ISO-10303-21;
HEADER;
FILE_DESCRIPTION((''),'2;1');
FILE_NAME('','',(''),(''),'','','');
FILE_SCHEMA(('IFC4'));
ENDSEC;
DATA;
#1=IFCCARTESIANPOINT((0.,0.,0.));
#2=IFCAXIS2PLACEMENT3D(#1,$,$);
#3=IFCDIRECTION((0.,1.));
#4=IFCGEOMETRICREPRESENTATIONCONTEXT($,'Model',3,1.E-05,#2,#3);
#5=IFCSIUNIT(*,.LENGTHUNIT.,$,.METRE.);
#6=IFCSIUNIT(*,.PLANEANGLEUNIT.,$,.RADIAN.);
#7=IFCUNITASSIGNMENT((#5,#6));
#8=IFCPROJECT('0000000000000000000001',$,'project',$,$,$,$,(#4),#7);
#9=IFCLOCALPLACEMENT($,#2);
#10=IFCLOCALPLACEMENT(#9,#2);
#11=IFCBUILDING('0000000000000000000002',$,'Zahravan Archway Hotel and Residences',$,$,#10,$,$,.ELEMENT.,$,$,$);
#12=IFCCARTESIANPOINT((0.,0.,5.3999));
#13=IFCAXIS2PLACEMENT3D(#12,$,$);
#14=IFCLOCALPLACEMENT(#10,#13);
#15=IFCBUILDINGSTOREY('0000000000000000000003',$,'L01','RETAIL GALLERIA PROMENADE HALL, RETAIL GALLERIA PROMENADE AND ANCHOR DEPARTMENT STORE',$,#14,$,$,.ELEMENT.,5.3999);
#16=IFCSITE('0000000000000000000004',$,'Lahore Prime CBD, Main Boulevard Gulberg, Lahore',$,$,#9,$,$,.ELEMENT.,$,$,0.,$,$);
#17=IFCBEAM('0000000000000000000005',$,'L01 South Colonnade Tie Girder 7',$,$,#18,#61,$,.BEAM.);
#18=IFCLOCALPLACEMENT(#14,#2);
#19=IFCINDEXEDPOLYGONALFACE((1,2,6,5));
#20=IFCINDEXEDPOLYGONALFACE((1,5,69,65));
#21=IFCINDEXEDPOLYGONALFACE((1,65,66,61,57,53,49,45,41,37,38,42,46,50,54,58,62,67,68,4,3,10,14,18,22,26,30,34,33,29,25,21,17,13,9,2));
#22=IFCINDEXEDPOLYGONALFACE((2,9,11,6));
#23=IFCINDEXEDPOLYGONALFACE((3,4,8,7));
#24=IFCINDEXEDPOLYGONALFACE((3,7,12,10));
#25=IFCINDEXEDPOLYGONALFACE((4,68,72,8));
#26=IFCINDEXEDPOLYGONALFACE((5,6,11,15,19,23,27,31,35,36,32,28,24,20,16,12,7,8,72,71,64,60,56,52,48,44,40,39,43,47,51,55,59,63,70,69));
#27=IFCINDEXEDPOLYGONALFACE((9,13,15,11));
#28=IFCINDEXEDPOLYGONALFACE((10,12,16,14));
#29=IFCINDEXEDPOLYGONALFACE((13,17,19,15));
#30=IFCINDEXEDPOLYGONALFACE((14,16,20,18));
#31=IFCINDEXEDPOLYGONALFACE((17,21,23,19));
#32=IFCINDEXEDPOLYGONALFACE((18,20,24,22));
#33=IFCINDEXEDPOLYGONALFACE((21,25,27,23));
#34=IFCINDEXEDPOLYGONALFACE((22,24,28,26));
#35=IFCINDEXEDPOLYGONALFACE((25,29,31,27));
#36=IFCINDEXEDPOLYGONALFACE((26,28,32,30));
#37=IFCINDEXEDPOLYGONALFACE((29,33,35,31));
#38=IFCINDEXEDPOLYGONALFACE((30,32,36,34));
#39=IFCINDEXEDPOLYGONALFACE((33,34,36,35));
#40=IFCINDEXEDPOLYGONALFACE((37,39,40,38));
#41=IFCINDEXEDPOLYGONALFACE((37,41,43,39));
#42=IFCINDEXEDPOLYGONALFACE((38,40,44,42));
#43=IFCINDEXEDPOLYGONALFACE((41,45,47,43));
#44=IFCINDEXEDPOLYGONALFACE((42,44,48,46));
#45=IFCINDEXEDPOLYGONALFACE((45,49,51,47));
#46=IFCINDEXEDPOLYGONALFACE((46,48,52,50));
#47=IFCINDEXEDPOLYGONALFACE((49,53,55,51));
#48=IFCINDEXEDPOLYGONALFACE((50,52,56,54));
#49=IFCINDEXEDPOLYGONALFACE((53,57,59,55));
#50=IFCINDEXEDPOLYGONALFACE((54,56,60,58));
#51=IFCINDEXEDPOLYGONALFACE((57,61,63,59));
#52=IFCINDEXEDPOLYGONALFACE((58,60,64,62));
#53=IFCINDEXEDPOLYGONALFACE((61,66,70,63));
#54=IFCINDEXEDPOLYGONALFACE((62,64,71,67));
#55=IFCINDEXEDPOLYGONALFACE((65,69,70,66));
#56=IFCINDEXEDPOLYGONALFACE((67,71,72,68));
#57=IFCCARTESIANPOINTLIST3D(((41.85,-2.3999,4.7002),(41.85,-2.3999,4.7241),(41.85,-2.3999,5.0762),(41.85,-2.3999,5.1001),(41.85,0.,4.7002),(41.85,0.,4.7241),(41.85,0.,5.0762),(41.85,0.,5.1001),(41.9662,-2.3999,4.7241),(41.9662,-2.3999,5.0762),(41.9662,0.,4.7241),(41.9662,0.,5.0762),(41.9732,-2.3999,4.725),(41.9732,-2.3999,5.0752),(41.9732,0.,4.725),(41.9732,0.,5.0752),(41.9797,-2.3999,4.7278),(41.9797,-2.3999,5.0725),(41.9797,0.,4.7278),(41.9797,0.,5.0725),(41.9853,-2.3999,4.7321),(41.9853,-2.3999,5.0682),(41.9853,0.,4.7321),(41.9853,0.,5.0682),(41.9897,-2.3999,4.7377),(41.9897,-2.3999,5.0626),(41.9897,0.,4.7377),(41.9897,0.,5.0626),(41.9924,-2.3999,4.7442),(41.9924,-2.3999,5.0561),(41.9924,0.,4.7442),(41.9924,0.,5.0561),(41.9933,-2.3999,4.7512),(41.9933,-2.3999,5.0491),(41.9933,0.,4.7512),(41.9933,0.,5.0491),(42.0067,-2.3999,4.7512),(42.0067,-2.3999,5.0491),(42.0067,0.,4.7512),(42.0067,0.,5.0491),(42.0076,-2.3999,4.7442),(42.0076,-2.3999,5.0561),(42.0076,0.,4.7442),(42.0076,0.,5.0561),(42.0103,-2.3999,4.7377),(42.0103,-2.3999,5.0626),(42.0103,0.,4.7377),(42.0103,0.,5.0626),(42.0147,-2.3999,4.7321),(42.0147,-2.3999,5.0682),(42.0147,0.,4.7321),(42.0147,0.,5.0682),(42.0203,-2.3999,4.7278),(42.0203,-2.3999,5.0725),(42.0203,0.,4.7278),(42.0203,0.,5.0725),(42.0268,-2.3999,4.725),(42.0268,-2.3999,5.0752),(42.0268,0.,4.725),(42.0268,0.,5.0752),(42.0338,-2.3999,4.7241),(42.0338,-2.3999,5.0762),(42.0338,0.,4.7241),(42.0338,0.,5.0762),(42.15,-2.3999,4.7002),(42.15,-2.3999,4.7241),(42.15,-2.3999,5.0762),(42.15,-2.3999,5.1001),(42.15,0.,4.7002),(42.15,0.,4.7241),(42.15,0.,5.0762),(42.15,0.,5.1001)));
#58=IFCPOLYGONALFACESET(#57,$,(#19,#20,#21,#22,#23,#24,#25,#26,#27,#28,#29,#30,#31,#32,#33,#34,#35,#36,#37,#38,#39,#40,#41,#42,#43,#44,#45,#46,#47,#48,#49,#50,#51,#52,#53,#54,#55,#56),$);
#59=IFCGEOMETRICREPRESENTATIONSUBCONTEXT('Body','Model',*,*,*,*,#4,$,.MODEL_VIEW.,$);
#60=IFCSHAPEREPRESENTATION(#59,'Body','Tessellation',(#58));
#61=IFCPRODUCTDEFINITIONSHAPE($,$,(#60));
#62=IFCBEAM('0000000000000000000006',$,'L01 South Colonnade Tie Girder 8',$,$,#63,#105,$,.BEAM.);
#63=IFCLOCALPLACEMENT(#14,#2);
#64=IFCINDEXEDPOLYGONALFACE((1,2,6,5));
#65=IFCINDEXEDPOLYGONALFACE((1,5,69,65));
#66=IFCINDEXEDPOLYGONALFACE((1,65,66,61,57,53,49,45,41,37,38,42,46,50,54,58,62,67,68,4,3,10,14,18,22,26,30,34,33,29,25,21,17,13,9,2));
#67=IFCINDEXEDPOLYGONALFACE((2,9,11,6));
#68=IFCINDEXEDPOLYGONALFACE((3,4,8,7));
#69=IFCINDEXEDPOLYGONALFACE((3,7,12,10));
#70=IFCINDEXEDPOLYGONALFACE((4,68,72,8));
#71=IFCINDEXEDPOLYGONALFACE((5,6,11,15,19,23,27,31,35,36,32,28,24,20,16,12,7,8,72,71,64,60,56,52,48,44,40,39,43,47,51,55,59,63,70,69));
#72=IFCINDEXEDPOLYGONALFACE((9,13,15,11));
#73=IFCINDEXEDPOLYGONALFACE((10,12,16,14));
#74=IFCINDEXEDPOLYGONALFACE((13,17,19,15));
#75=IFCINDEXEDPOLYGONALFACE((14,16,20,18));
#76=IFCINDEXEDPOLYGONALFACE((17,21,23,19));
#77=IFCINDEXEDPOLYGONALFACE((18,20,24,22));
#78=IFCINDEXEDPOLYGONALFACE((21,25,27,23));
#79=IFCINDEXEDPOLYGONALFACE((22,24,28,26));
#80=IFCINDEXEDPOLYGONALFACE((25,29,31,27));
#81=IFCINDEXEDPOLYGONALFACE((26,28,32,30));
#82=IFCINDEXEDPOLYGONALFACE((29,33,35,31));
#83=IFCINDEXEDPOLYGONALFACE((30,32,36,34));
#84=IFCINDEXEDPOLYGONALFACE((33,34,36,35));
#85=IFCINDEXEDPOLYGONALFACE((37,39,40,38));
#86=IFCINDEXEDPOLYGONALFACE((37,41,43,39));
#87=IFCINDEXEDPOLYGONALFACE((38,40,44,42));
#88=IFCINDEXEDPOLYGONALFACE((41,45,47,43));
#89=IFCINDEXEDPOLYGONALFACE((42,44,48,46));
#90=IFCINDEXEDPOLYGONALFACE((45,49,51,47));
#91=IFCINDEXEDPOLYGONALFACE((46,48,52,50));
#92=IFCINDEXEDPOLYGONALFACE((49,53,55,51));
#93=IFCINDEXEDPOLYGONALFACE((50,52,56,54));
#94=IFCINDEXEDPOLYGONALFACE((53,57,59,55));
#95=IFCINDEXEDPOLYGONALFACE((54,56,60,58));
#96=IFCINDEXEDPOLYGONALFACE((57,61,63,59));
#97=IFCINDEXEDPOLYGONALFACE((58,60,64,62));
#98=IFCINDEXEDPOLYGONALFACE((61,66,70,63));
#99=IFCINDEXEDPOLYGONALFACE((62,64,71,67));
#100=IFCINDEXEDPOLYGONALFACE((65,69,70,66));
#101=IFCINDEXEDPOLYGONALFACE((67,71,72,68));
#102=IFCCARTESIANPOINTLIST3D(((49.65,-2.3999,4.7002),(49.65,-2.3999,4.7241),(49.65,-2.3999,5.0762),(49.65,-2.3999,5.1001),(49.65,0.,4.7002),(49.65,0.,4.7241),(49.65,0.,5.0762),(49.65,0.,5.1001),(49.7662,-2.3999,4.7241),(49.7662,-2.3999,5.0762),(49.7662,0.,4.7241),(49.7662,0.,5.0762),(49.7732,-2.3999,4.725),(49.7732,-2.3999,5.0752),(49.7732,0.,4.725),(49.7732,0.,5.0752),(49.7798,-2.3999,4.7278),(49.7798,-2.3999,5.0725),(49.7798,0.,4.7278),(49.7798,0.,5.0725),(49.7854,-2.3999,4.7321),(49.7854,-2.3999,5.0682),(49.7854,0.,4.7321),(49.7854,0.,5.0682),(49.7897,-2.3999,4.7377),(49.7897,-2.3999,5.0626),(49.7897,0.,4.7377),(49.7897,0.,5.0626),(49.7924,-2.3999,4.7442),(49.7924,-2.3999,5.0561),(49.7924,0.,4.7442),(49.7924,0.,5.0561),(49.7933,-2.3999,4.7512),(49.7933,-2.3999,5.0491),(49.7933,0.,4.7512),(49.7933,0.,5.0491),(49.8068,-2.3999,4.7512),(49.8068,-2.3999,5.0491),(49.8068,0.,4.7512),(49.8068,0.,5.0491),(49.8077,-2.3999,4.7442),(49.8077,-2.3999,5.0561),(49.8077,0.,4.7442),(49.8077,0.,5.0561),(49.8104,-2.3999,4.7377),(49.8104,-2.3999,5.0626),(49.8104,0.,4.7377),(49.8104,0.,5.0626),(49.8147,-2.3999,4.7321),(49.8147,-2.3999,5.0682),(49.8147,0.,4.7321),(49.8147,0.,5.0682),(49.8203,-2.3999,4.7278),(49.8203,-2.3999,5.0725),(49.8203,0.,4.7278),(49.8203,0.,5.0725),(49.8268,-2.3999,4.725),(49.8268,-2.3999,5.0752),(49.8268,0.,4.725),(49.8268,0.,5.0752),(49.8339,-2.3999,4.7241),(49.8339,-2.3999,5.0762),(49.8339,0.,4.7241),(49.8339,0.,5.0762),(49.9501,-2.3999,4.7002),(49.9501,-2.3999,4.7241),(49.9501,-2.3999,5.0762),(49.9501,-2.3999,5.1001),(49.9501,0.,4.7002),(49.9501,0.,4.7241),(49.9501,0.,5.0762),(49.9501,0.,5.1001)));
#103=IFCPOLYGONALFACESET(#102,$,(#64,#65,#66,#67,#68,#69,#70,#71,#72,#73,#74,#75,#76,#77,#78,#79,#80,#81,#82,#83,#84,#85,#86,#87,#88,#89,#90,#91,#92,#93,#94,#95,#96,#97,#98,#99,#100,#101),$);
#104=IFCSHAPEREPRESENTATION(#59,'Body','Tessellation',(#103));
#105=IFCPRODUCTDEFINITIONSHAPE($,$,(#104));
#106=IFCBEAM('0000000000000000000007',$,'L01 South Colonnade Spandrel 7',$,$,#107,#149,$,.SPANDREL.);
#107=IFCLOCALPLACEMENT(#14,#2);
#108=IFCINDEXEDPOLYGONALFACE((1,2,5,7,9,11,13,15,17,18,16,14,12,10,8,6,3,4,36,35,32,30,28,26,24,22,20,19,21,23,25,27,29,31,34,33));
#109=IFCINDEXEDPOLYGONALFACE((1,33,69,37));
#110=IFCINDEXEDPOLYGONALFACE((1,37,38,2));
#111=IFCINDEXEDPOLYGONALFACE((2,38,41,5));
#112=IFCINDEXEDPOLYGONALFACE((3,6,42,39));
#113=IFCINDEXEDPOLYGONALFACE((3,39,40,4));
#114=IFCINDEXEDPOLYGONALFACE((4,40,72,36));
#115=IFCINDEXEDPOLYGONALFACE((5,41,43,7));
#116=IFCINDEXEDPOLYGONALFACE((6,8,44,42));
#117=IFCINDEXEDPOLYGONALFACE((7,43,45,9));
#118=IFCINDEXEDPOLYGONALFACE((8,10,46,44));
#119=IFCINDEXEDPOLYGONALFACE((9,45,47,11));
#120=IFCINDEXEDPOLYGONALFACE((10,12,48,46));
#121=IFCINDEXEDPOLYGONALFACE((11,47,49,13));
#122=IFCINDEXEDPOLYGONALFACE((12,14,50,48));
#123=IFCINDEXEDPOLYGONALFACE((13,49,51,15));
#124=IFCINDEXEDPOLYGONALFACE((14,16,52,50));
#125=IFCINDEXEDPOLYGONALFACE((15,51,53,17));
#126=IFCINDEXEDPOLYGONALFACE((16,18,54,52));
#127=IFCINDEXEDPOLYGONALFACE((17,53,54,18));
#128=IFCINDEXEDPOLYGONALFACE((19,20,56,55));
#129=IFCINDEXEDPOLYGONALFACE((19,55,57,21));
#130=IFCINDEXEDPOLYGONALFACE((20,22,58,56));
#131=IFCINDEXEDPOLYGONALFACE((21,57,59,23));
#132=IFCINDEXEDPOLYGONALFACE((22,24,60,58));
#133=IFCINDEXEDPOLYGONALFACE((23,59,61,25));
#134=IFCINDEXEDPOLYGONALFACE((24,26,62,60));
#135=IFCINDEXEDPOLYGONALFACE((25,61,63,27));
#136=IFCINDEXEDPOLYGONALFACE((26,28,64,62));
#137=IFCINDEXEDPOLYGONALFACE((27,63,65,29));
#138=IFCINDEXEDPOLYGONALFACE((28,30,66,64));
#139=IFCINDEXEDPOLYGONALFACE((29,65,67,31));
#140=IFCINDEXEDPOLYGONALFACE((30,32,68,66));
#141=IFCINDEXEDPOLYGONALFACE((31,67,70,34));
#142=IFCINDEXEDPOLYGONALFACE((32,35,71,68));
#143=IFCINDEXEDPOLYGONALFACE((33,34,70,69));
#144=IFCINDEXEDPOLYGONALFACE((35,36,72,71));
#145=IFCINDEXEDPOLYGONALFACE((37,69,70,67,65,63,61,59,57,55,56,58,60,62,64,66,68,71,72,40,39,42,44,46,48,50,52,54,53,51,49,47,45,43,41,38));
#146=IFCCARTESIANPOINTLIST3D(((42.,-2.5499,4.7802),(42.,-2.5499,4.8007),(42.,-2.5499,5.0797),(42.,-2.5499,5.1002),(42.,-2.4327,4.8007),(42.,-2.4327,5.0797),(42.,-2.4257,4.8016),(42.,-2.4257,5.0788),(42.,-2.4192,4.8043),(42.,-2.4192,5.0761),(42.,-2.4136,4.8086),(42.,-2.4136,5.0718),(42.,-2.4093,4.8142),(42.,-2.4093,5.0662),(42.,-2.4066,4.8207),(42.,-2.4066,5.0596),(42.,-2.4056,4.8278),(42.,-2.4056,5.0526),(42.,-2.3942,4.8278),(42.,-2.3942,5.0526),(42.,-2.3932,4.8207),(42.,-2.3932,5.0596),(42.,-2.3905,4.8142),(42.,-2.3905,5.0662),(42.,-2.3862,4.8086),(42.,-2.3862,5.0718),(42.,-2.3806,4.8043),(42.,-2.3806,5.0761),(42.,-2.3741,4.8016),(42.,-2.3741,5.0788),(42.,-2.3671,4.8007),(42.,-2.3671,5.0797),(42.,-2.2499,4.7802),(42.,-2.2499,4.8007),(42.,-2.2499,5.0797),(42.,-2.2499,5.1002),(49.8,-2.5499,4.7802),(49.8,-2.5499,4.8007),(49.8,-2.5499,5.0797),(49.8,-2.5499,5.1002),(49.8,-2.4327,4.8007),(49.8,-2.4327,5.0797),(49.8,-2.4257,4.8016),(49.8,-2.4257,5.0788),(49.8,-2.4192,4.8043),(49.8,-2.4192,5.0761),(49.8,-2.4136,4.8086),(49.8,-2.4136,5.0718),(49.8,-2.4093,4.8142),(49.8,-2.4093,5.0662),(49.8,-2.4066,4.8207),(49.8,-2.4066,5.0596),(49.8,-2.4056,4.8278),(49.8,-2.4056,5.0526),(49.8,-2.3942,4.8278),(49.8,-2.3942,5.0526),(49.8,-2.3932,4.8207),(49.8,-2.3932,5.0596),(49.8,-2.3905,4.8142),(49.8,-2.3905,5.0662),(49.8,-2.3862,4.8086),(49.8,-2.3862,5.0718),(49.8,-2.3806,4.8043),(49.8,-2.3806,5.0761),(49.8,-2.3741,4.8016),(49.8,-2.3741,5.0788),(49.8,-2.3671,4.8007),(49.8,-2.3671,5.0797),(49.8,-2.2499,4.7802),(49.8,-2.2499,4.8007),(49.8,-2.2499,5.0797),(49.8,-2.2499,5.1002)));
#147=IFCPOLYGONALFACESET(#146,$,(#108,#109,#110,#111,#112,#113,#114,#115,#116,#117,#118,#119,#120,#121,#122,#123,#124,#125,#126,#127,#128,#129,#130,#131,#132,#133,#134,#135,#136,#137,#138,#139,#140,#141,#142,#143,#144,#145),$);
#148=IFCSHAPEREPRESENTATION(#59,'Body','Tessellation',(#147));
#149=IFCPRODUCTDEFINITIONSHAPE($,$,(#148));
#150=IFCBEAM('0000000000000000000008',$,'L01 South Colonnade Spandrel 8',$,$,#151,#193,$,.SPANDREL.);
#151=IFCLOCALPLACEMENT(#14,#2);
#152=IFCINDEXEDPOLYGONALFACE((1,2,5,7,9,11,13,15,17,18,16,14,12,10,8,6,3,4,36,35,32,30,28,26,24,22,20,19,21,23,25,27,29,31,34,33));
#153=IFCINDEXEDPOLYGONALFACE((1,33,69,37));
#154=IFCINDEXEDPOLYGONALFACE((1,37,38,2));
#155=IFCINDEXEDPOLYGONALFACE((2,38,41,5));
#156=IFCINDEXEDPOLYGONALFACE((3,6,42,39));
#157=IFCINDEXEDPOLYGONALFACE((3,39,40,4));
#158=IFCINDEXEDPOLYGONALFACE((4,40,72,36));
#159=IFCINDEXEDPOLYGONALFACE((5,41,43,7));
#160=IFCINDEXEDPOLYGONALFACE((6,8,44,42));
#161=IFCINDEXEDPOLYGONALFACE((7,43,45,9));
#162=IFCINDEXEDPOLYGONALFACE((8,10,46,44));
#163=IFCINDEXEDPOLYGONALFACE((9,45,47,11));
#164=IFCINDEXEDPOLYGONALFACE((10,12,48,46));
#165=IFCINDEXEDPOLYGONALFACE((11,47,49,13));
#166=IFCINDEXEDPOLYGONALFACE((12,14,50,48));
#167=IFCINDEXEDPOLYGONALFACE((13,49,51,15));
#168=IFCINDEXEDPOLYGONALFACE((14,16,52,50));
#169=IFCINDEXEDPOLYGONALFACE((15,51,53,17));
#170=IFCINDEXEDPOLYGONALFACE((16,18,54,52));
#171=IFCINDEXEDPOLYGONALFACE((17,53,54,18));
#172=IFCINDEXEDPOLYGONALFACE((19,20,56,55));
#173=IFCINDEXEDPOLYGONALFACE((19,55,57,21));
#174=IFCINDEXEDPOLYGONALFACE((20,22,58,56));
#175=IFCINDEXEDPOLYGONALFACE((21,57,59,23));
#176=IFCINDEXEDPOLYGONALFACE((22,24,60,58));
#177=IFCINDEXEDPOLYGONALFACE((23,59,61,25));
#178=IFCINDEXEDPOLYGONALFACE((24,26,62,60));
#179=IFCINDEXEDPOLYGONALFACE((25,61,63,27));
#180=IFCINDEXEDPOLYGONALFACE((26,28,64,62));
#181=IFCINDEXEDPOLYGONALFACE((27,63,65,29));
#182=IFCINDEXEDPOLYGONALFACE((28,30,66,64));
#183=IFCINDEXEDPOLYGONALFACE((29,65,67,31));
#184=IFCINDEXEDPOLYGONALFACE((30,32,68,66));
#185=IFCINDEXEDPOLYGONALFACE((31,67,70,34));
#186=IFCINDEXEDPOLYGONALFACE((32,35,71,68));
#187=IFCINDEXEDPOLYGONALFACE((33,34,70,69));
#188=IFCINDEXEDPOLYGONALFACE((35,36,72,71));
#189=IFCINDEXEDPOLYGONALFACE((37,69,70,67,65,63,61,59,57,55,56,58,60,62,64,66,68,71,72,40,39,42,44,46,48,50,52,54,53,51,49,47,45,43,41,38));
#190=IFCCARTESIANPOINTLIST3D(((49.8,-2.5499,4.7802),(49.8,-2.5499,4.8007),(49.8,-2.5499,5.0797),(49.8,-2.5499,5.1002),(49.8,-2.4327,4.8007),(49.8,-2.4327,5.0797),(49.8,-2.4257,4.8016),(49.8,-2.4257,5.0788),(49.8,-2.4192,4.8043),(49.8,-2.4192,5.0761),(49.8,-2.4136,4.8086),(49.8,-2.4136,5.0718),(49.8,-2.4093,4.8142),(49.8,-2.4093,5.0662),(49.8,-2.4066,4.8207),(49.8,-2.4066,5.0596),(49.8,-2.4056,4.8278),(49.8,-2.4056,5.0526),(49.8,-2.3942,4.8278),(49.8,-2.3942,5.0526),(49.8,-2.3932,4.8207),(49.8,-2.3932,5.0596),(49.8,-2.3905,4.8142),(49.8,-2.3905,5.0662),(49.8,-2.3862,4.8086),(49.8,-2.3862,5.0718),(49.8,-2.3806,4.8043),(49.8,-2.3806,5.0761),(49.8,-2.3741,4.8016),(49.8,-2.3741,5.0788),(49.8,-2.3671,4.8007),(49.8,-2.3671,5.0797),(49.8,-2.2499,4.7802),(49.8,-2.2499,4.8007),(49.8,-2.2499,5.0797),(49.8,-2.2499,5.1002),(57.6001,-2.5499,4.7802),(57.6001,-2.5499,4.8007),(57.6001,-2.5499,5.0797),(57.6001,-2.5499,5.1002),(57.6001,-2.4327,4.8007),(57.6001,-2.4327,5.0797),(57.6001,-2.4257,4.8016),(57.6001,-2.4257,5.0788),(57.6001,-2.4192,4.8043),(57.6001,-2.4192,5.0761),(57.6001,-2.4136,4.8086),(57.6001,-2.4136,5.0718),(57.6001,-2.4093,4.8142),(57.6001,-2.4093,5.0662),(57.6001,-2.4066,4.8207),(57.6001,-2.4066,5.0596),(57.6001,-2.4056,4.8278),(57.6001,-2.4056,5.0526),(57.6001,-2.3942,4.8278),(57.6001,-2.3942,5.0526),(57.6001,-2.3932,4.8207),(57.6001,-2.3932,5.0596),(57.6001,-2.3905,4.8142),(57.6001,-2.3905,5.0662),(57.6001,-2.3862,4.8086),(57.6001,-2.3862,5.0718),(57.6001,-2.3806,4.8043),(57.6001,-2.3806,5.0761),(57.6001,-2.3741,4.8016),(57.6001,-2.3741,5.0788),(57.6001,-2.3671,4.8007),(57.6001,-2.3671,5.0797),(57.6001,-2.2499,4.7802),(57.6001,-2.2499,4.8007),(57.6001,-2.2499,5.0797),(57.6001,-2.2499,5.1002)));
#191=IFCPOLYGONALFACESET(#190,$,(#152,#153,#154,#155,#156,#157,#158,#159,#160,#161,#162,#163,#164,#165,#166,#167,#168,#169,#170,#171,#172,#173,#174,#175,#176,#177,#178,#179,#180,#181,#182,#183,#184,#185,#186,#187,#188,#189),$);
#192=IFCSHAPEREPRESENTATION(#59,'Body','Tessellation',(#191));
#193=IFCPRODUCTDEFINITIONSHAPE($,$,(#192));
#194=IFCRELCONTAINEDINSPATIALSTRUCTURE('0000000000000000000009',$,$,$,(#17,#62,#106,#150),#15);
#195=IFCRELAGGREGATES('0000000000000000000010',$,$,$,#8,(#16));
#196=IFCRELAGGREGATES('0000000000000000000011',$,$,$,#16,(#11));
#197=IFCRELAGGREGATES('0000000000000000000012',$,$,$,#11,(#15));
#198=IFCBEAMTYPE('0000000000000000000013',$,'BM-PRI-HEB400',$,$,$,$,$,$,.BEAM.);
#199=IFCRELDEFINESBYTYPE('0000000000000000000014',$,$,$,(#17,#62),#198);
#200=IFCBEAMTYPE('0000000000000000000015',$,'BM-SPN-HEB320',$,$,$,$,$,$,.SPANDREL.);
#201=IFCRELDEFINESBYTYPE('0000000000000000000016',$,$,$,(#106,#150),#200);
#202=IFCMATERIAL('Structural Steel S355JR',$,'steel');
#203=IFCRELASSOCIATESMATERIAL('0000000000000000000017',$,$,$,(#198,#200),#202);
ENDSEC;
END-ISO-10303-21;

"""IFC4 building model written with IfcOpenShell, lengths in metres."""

from ifc_helpers import new_model, si_unit, direction, frame, origin, origin_2d, place, context, subcontext, project, spatial, i_section, extrude, source, transform, mapped, material, material_profile, profile_set, type_object, element, save


model = new_model("IFC4")

# Units and contexts
model_context = context("Model", 3, precision=1e-05, world=origin(), true_north=direction((0.0, 1.0)))
body_context = subcontext(model_context, "Body", "Model", "MODEL_VIEW")
ifc_project = project(units=[si_unit("LENGTHUNIT", "METRE"), si_unit("PLANEANGLEUNIT", "RADIAN")], contexts=[model_context])

# Site, building, storey
site_placement = place(None, origin())
site = spatial("IfcSite", under=ifc_project, at=site_placement, Name="Lahore Prime CBD, Main Boulevard Gulberg, Lahore", CompositionType="ELEMENT", RefElevation=0.0)
building_placement = place(site_placement, origin())
building = spatial("IfcBuilding", under=site, at=building_placement, Name="Zahravan Archway Hotel and Residences", CompositionType="ELEMENT")
storey_placement = place(building_placement, frame((0.0, 0.0, 5.3999)))
storey = spatial("IfcBuildingStorey", under=building, at=storey_placement, Name="L01", Description="RETAIL GALLERIA PROMENADE HALL, RETAIL GALLERIA PROMENADE AND ANCHOR DEPARTMENT STORE", CompositionType="ELEMENT", Elevation=5.3999)

# Beams
ifc_material_1 = material(Name="Structural Steel S355JR", Category="steel")
ifc_material_profile_1 = material_profile(ifc_material_1, i_section(OverallWidth=0.3, OverallDepth=0.3999, WebThickness=0.0134, FlangeThickness=0.0239, FilletRadius=0.0271, at=origin_2d()), Name="HEB 400", Category="steel")
ifc_profile_set_1 = profile_set([ifc_material_profile_1], Name="Structural Steel S355JR")
beam_type_1 = type_object("IfcBeamType", Name="BM-PRI-HEB400", PredefinedType="BEAM", material=ifc_profile_set_1)
shared_shape_1 = source(origin(), body_context, "Body", "SweptSolid", [
    extrude(i_section(OverallWidth=0.3, OverallDepth=0.3999, WebThickness=0.0134, FlangeThickness=0.0239, FilletRadius=0.0271, at=origin_2d()), origin(), (0.0, 0.0, 1.0), 2.3999),
])
for number, where, z_axis, x_axis, name in (
    (1, (42.0, -2.3999, 4.9001), (0.0, 1.0, 0.0), (-1.0, 0.0, 0.0), "L01 South Colonnade Tie Girder 7"),
    (2, (49.8, -2.3999, 4.9001), (0.0, 1.0, 0.0), (-1.0, 0.0, 0.0), "L01 South Colonnade Tie Girder 8"),
):
    element("IfcBeam", number, at=place(storey_placement, frame(where, z_axis=z_axis, x_axis=x_axis)), inside=storey, type_object=beam_type_1, Name=name, PredefinedType="BEAM", context=body_context, shape_type="MappedRepresentation", body=[
        mapped(shared_shape_1, transform((0.0, 0.0, 0.0), scale=1.0)),
    ])
ifc_material_profile_2 = material_profile(ifc_material_1, i_section(OverallWidth=0.3, OverallDepth=0.3201, WebThickness=0.0115, FlangeThickness=0.0205, FilletRadius=0.0271, at=origin_2d()), Name="HEB 320", Category="steel")
ifc_profile_set_2 = profile_set([ifc_material_profile_2], Name="Structural Steel S355JR")
beam_type_2 = type_object("IfcBeamType", Name="BM-SPN-HEB320", PredefinedType="SPANDREL", material=ifc_profile_set_2)
shared_shape_2 = source(origin(), body_context, "Body", "SweptSolid", [
    extrude(i_section(OverallWidth=0.3, OverallDepth=0.3201, WebThickness=0.0115, FlangeThickness=0.0205, FilletRadius=0.0271, at=origin_2d()), origin(), (0.0, 0.0, 1.0), 7.8),
])
for number, where, z_axis, x_axis, name in (
    (3, (42.0, -2.3999, 4.9402), (1.0, 0.0, 0.0), (0.0, 1.0, 0.0), "L01 South Colonnade Spandrel 7"),
    (4, (49.8, -2.3999, 4.9402), (1.0, 0.0, 0.0), (0.0, 1.0, 0.0), "L01 South Colonnade Spandrel 8"),
):
    element("IfcBeam", number, at=place(storey_placement, frame(where, z_axis=z_axis, x_axis=x_axis)), inside=storey, type_object=beam_type_2, Name=name, PredefinedType="SPANDREL", context=body_context, shape_type="MappedRepresentation", body=[
        mapped(shared_shape_2, transform((0.0, 0.0, 0.0), scale=1.0)),
    ])

save(model, "model.ifc")
